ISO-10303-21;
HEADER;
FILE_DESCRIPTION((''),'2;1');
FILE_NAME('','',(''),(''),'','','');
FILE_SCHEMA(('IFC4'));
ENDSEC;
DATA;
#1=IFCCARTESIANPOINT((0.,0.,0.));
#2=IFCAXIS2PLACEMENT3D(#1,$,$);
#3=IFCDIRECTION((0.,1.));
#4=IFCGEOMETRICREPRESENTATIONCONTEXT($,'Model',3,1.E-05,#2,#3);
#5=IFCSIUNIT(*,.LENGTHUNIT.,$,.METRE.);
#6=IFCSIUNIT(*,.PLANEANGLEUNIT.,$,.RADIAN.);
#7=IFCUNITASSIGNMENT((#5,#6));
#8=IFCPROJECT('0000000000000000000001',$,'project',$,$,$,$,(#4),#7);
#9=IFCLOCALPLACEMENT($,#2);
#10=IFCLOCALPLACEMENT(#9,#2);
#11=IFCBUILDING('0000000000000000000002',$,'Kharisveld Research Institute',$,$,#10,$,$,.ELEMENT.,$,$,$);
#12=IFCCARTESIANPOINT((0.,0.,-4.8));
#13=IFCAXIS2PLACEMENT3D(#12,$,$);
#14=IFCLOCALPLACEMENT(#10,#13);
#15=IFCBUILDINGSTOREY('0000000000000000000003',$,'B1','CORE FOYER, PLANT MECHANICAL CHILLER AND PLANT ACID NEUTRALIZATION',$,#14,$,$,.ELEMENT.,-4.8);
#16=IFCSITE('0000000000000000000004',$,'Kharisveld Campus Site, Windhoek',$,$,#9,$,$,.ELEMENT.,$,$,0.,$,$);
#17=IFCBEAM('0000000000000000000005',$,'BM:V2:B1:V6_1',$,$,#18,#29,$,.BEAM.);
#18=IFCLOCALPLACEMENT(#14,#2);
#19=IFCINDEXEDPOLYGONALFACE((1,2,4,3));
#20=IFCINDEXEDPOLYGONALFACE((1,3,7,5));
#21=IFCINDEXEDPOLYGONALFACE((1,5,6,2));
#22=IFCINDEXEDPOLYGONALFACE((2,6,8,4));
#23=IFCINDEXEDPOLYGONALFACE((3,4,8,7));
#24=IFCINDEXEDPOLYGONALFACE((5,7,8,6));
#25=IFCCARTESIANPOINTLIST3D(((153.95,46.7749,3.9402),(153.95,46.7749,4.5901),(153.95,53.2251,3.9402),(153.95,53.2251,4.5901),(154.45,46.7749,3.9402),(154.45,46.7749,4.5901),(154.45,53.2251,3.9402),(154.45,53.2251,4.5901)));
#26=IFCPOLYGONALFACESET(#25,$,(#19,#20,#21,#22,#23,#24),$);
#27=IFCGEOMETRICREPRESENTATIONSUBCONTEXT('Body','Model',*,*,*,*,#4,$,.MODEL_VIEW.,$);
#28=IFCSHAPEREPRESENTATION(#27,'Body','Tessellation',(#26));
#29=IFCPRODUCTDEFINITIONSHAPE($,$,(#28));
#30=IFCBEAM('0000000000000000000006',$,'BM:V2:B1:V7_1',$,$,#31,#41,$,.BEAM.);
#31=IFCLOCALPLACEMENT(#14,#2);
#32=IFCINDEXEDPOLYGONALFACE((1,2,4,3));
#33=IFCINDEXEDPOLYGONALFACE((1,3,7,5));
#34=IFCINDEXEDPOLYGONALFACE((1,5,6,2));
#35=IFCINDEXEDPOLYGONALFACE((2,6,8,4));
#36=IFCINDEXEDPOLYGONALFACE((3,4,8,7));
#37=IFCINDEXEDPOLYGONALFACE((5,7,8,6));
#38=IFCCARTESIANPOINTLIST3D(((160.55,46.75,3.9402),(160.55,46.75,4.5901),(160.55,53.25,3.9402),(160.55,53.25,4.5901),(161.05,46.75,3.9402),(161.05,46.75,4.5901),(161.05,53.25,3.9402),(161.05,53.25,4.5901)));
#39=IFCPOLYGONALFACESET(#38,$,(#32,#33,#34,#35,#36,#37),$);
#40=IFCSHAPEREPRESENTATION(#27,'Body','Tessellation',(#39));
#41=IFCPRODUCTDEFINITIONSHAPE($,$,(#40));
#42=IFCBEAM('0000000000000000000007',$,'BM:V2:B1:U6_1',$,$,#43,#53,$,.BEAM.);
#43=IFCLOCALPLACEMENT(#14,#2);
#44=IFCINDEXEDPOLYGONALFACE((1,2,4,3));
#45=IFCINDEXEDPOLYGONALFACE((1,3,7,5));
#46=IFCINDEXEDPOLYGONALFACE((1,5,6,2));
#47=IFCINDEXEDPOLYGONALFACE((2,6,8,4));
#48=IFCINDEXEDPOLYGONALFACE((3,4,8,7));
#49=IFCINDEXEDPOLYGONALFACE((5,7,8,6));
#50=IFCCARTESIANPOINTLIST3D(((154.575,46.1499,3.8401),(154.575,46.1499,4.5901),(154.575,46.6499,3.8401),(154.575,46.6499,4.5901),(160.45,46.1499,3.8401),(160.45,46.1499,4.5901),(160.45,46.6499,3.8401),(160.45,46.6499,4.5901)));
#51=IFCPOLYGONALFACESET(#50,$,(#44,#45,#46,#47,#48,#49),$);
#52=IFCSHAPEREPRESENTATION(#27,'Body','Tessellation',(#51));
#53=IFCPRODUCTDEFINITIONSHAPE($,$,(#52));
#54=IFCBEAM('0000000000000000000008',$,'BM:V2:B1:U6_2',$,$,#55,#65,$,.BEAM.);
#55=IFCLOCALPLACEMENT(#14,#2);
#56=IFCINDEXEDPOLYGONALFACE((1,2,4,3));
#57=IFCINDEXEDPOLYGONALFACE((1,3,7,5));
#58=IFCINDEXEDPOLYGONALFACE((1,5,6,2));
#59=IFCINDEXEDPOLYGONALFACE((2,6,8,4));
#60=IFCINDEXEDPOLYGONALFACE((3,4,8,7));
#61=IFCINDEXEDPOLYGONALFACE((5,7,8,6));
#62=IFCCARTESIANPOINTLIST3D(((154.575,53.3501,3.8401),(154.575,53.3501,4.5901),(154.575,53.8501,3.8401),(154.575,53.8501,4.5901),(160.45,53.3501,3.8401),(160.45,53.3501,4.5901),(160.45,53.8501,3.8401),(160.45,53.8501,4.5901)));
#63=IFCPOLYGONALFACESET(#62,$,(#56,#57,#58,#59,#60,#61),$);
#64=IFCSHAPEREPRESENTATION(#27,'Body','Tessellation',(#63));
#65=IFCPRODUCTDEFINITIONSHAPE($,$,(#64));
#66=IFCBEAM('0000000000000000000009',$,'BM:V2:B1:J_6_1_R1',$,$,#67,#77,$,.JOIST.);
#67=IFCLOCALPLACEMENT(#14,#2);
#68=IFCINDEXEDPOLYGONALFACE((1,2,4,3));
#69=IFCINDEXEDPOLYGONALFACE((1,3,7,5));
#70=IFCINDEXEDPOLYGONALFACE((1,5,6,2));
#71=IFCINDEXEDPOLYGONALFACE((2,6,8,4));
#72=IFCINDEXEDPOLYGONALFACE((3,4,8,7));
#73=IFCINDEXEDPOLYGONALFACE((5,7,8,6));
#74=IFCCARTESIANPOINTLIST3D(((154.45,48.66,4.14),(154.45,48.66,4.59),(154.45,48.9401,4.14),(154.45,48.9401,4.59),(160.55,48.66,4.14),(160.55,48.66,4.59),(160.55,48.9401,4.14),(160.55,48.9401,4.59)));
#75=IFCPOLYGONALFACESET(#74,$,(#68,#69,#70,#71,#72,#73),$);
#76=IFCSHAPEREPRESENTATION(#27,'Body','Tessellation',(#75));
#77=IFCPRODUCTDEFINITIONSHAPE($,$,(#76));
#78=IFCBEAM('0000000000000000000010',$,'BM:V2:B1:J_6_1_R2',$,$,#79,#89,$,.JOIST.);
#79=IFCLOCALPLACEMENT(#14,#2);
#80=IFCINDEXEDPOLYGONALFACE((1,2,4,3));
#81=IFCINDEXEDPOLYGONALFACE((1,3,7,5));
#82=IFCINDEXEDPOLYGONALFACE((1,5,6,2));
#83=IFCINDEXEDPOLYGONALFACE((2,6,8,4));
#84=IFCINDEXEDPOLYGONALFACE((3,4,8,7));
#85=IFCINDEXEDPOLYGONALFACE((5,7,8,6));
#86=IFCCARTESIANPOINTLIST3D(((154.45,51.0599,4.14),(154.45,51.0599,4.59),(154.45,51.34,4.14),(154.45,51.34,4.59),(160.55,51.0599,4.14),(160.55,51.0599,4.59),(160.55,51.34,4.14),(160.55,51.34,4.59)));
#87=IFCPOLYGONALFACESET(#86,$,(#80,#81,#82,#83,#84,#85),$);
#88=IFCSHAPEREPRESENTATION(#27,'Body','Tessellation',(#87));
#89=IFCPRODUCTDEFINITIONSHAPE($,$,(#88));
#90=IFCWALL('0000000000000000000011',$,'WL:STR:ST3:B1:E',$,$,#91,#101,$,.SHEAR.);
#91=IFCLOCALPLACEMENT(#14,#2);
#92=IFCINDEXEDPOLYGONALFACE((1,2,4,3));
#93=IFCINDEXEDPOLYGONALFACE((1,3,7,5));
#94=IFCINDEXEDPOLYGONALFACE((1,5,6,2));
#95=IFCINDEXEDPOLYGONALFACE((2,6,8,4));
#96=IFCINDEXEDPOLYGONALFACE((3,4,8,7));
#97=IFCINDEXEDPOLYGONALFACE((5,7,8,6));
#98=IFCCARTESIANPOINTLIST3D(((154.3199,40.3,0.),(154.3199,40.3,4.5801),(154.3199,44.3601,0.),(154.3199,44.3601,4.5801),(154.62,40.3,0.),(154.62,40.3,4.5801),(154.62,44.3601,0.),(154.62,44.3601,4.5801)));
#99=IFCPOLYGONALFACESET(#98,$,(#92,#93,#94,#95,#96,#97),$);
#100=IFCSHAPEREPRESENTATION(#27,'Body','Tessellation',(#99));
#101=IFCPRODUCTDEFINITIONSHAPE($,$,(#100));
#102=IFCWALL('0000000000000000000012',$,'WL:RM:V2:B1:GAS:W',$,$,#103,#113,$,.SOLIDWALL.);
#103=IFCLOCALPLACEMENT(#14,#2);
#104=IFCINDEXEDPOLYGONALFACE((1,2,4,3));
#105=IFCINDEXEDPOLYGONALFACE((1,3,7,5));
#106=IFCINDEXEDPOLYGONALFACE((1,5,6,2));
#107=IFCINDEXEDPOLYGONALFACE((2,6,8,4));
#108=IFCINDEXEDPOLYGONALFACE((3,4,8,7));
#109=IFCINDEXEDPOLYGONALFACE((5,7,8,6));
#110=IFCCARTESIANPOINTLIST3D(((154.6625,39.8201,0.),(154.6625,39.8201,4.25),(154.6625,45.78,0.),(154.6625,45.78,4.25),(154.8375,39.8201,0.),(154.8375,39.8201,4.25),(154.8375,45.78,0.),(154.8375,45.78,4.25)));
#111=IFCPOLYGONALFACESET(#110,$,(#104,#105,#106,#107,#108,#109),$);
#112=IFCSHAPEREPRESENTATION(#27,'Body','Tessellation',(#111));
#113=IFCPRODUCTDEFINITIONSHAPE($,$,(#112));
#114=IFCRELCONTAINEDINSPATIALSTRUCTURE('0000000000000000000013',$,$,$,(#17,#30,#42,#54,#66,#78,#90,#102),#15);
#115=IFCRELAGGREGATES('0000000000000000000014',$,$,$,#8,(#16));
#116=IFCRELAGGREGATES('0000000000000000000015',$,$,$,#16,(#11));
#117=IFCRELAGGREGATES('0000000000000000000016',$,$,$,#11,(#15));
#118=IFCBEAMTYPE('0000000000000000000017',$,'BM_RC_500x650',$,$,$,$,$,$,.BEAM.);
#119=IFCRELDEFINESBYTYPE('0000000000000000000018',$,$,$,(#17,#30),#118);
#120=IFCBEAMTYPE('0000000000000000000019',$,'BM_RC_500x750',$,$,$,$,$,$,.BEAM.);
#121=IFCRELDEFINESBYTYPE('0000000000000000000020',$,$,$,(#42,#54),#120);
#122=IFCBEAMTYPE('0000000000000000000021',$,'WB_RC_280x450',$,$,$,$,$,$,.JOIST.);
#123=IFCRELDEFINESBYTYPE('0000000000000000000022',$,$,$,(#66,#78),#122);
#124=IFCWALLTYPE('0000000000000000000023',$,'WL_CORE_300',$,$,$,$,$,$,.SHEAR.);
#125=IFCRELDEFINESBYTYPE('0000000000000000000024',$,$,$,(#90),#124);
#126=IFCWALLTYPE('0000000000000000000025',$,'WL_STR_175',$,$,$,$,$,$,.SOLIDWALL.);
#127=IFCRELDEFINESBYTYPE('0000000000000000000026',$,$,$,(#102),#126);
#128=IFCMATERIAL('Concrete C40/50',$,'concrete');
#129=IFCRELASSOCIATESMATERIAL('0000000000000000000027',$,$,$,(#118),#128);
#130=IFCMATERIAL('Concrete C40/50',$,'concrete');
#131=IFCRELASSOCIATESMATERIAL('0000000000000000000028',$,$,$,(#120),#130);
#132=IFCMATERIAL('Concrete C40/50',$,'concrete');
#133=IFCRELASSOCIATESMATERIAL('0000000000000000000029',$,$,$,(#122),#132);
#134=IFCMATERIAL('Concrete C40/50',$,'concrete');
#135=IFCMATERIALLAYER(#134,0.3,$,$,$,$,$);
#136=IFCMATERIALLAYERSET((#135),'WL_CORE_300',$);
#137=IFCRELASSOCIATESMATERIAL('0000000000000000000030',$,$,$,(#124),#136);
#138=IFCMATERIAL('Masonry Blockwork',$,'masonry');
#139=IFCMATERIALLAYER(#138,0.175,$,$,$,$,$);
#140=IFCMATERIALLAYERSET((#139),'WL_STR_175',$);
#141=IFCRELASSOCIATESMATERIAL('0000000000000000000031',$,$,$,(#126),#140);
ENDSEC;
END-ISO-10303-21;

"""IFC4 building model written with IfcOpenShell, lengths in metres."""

from ifc_helpers import new_model, si_unit, direction, frame, frame_2d, origin, origin_2d, place, context, subcontext, project, spatial, rectangle, extrude, material, layer, layer_set, material_profile, profile_set, type_object, element, save


model = new_model("IFC4")

# Units and contexts
model_context = context("Model", 3, precision=1e-05, world=origin(), true_north=direction((0.0, 1.0)))
body_context = subcontext(model_context, "Body", "Model", "MODEL_VIEW")
ifc_project = project(units=[si_unit("LENGTHUNIT", "METRE"), si_unit("PLANEANGLEUNIT", "RADIAN")], contexts=[model_context])

# Site, building, storey
site_placement = place(None, origin())
site = spatial("IfcSite", under=ifc_project, at=site_placement, Name="Kharisveld Campus Site, Windhoek", CompositionType="ELEMENT", RefElevation=0.0)
building_placement = place(site_placement, origin())
building = spatial("IfcBuilding", under=site, at=building_placement, Name="Kharisveld Research Institute", CompositionType="ELEMENT")
storey_placement = place(building_placement, frame((0.0, 0.0, -4.8)))
storey = spatial("IfcBuildingStorey", under=building, at=storey_placement, Name="B1", Description="CORE FOYER, PLANT MECHANICAL CHILLER AND PLANT ACID NEUTRALIZATION", CompositionType="ELEMENT", Elevation=-4.8)

# Beams
ifc_material_1 = material(Name="Concrete C40/50", Category="concrete")
ifc_material_profile_1 = material_profile(ifc_material_1, rectangle(XDim=0.5, YDim=0.6499, at=origin_2d()))
ifc_profile_set_1 = profile_set([ifc_material_profile_1], Name="Concrete C40/50")
beam_type_1 = type_object("IfcBeamType", Name="BM_RC_500x650", PredefinedType="BEAM", material=ifc_profile_set_1)
beam_1_placement = place(storey_placement, frame((154.2, 46.7749, 4.2651), z_axis=(0.0, 1.0, 0.0), x_axis=(-1.0, 0.0, 0.0)))
element("IfcBeam", 1, at=beam_1_placement, inside=storey, type_object=beam_type_1, Name="BM:V2:B1:V6_1", PredefinedType="BEAM", context=body_context, shape_type="SweptSolid", body=[
    extrude(rectangle(XDim=0.5, YDim=0.6499, at=origin_2d()), origin(), (0.0, 0.0, 1.0), 6.4502),
])
beam_2_placement = place(storey_placement, frame((160.8, 46.75, 4.2651), z_axis=(0.0, 1.0, 0.0), x_axis=(-1.0, 0.0, 0.0)))
element("IfcBeam", 2, at=beam_2_placement, inside=storey, type_object=beam_type_1, Name="BM:V2:B1:V7_1", PredefinedType="BEAM", context=body_context, shape_type="SweptSolid", body=[
    extrude(rectangle(XDim=0.5, YDim=0.6499, at=origin_2d()), origin(), (0.0, 0.0, 1.0), 6.5),
])
ifc_material_2 = material(Name="Concrete C40/50", Category="concrete")
ifc_material_profile_2 = material_profile(ifc_material_2, rectangle(XDim=0.5, YDim=0.75, at=origin_2d()))
ifc_profile_set_2 = profile_set([ifc_material_profile_2], Name="Concrete C40/50")
beam_type_2 = type_object("IfcBeamType", Name="BM_RC_500x750", PredefinedType="BEAM", material=ifc_profile_set_2)
for number, where, z_axis, x_axis, name in (
    (3, (154.575, 46.3999, 4.2151), (1.0, 0.0, 0.0), (0.0, 1.0, 0.0), "BM:V2:B1:U6_1"),
    (4, (154.575, 53.6001, 4.2151), (1.0, 0.0, 0.0), (0.0, 1.0, 0.0), "BM:V2:B1:U6_2"),
):
    element("IfcBeam", number, at=place(storey_placement, frame(where, z_axis=z_axis, x_axis=x_axis)), inside=storey, type_object=beam_type_2, Name=name, PredefinedType="BEAM", context=body_context, shape_type="SweptSolid", body=[
        extrude(rectangle(XDim=0.5, YDim=0.75, at=origin_2d()), origin(), (0.0, 0.0, 1.0), 5.875),
    ])
ifc_material_3 = material(Name="Concrete C40/50", Category="concrete")
ifc_material_profile_3 = material_profile(ifc_material_3, rectangle(XDim=0.28, YDim=0.45, at=origin_2d()))
ifc_profile_set_3 = profile_set([ifc_material_profile_3], Name="Concrete C40/50")
beam_type_3 = type_object("IfcBeamType", Name="WB_RC_280x450", PredefinedType="JOIST", material=ifc_profile_set_3)
for number, where, z_axis, x_axis, name in (
    (5, (154.45, 48.8, 4.365), (1.0, 0.0, 0.0), (0.0, 1.0, 0.0), "BM:V2:B1:J_6_1_R1"),
    (6, (154.45, 51.2, 4.365), (1.0, 0.0, 0.0), (0.0, 1.0, 0.0), "BM:V2:B1:J_6_1_R2"),
):
    element("IfcBeam", number, at=place(storey_placement, frame(where, z_axis=z_axis, x_axis=x_axis)), inside=storey, type_object=beam_type_3, Name=name, PredefinedType="JOIST", context=body_context, shape_type="SweptSolid", body=[
        extrude(rectangle(XDim=0.28, YDim=0.45, at=origin_2d()), origin(), (0.0, 0.0, 1.0), 6.1001),
    ])

# Wall
ifc_material_4 = material(Name="Concrete C40/50", Category="concrete")
ifc_layer_1 = layer(ifc_material_4, 0.3)
ifc_layer_set_1 = layer_set([ifc_layer_1], Name="WL_CORE_300")
wall_type_1 = type_object("IfcWallType", Name="WL_CORE_300", PredefinedType="SHEAR", material=ifc_layer_set_1)
wall_1_placement = place(storey_placement, frame((154.47, 44.3601, 0.0), z_axis=(0.0, 0.0, 1.0), x_axis=(0.0, -1.0, 0.0)))
element("IfcWall", 7, at=wall_1_placement, inside=storey, type_object=wall_type_1, Name="WL:STR:ST3:B1:E", PredefinedType="SHEAR", context=body_context, shape_type="SweptSolid", body=[
    extrude(rectangle(XDim=4.0601, YDim=0.3, at=frame_2d((2.03, 0.0))), origin(), (0.0, 0.0, 1.0), 4.5801),
])

# Shared definitions
ifc_material_5 = material(Name="Masonry Blockwork", Category="masonry")
ifc_layer_2 = layer(ifc_material_5, 0.175)
ifc_layer_set_2 = layer_set([ifc_layer_2], Name="WL_STR_175")
wall_type_2 = type_object("IfcWallType", Name="WL_STR_175", PredefinedType="SOLIDWALL", material=ifc_layer_set_2)

# Wall
wall_2_placement = place(storey_placement, frame((154.75, 45.78, 0.0), z_axis=(0.0, 0.0, 1.0), x_axis=(0.0, -1.0, 0.0)))
element("IfcWall", 8, at=wall_2_placement, inside=storey, type_object=wall_type_2, Name="WL:RM:V2:B1:GAS:W", PredefinedType="SOLIDWALL", context=body_context, shape_type="SweptSolid", body=[
    extrude(rectangle(XDim=5.96, YDim=0.175, at=frame_2d((2.98, 0.0))), origin(), (0.0, 0.0, 1.0), 4.25),
])

save(model, "model.ifc")
